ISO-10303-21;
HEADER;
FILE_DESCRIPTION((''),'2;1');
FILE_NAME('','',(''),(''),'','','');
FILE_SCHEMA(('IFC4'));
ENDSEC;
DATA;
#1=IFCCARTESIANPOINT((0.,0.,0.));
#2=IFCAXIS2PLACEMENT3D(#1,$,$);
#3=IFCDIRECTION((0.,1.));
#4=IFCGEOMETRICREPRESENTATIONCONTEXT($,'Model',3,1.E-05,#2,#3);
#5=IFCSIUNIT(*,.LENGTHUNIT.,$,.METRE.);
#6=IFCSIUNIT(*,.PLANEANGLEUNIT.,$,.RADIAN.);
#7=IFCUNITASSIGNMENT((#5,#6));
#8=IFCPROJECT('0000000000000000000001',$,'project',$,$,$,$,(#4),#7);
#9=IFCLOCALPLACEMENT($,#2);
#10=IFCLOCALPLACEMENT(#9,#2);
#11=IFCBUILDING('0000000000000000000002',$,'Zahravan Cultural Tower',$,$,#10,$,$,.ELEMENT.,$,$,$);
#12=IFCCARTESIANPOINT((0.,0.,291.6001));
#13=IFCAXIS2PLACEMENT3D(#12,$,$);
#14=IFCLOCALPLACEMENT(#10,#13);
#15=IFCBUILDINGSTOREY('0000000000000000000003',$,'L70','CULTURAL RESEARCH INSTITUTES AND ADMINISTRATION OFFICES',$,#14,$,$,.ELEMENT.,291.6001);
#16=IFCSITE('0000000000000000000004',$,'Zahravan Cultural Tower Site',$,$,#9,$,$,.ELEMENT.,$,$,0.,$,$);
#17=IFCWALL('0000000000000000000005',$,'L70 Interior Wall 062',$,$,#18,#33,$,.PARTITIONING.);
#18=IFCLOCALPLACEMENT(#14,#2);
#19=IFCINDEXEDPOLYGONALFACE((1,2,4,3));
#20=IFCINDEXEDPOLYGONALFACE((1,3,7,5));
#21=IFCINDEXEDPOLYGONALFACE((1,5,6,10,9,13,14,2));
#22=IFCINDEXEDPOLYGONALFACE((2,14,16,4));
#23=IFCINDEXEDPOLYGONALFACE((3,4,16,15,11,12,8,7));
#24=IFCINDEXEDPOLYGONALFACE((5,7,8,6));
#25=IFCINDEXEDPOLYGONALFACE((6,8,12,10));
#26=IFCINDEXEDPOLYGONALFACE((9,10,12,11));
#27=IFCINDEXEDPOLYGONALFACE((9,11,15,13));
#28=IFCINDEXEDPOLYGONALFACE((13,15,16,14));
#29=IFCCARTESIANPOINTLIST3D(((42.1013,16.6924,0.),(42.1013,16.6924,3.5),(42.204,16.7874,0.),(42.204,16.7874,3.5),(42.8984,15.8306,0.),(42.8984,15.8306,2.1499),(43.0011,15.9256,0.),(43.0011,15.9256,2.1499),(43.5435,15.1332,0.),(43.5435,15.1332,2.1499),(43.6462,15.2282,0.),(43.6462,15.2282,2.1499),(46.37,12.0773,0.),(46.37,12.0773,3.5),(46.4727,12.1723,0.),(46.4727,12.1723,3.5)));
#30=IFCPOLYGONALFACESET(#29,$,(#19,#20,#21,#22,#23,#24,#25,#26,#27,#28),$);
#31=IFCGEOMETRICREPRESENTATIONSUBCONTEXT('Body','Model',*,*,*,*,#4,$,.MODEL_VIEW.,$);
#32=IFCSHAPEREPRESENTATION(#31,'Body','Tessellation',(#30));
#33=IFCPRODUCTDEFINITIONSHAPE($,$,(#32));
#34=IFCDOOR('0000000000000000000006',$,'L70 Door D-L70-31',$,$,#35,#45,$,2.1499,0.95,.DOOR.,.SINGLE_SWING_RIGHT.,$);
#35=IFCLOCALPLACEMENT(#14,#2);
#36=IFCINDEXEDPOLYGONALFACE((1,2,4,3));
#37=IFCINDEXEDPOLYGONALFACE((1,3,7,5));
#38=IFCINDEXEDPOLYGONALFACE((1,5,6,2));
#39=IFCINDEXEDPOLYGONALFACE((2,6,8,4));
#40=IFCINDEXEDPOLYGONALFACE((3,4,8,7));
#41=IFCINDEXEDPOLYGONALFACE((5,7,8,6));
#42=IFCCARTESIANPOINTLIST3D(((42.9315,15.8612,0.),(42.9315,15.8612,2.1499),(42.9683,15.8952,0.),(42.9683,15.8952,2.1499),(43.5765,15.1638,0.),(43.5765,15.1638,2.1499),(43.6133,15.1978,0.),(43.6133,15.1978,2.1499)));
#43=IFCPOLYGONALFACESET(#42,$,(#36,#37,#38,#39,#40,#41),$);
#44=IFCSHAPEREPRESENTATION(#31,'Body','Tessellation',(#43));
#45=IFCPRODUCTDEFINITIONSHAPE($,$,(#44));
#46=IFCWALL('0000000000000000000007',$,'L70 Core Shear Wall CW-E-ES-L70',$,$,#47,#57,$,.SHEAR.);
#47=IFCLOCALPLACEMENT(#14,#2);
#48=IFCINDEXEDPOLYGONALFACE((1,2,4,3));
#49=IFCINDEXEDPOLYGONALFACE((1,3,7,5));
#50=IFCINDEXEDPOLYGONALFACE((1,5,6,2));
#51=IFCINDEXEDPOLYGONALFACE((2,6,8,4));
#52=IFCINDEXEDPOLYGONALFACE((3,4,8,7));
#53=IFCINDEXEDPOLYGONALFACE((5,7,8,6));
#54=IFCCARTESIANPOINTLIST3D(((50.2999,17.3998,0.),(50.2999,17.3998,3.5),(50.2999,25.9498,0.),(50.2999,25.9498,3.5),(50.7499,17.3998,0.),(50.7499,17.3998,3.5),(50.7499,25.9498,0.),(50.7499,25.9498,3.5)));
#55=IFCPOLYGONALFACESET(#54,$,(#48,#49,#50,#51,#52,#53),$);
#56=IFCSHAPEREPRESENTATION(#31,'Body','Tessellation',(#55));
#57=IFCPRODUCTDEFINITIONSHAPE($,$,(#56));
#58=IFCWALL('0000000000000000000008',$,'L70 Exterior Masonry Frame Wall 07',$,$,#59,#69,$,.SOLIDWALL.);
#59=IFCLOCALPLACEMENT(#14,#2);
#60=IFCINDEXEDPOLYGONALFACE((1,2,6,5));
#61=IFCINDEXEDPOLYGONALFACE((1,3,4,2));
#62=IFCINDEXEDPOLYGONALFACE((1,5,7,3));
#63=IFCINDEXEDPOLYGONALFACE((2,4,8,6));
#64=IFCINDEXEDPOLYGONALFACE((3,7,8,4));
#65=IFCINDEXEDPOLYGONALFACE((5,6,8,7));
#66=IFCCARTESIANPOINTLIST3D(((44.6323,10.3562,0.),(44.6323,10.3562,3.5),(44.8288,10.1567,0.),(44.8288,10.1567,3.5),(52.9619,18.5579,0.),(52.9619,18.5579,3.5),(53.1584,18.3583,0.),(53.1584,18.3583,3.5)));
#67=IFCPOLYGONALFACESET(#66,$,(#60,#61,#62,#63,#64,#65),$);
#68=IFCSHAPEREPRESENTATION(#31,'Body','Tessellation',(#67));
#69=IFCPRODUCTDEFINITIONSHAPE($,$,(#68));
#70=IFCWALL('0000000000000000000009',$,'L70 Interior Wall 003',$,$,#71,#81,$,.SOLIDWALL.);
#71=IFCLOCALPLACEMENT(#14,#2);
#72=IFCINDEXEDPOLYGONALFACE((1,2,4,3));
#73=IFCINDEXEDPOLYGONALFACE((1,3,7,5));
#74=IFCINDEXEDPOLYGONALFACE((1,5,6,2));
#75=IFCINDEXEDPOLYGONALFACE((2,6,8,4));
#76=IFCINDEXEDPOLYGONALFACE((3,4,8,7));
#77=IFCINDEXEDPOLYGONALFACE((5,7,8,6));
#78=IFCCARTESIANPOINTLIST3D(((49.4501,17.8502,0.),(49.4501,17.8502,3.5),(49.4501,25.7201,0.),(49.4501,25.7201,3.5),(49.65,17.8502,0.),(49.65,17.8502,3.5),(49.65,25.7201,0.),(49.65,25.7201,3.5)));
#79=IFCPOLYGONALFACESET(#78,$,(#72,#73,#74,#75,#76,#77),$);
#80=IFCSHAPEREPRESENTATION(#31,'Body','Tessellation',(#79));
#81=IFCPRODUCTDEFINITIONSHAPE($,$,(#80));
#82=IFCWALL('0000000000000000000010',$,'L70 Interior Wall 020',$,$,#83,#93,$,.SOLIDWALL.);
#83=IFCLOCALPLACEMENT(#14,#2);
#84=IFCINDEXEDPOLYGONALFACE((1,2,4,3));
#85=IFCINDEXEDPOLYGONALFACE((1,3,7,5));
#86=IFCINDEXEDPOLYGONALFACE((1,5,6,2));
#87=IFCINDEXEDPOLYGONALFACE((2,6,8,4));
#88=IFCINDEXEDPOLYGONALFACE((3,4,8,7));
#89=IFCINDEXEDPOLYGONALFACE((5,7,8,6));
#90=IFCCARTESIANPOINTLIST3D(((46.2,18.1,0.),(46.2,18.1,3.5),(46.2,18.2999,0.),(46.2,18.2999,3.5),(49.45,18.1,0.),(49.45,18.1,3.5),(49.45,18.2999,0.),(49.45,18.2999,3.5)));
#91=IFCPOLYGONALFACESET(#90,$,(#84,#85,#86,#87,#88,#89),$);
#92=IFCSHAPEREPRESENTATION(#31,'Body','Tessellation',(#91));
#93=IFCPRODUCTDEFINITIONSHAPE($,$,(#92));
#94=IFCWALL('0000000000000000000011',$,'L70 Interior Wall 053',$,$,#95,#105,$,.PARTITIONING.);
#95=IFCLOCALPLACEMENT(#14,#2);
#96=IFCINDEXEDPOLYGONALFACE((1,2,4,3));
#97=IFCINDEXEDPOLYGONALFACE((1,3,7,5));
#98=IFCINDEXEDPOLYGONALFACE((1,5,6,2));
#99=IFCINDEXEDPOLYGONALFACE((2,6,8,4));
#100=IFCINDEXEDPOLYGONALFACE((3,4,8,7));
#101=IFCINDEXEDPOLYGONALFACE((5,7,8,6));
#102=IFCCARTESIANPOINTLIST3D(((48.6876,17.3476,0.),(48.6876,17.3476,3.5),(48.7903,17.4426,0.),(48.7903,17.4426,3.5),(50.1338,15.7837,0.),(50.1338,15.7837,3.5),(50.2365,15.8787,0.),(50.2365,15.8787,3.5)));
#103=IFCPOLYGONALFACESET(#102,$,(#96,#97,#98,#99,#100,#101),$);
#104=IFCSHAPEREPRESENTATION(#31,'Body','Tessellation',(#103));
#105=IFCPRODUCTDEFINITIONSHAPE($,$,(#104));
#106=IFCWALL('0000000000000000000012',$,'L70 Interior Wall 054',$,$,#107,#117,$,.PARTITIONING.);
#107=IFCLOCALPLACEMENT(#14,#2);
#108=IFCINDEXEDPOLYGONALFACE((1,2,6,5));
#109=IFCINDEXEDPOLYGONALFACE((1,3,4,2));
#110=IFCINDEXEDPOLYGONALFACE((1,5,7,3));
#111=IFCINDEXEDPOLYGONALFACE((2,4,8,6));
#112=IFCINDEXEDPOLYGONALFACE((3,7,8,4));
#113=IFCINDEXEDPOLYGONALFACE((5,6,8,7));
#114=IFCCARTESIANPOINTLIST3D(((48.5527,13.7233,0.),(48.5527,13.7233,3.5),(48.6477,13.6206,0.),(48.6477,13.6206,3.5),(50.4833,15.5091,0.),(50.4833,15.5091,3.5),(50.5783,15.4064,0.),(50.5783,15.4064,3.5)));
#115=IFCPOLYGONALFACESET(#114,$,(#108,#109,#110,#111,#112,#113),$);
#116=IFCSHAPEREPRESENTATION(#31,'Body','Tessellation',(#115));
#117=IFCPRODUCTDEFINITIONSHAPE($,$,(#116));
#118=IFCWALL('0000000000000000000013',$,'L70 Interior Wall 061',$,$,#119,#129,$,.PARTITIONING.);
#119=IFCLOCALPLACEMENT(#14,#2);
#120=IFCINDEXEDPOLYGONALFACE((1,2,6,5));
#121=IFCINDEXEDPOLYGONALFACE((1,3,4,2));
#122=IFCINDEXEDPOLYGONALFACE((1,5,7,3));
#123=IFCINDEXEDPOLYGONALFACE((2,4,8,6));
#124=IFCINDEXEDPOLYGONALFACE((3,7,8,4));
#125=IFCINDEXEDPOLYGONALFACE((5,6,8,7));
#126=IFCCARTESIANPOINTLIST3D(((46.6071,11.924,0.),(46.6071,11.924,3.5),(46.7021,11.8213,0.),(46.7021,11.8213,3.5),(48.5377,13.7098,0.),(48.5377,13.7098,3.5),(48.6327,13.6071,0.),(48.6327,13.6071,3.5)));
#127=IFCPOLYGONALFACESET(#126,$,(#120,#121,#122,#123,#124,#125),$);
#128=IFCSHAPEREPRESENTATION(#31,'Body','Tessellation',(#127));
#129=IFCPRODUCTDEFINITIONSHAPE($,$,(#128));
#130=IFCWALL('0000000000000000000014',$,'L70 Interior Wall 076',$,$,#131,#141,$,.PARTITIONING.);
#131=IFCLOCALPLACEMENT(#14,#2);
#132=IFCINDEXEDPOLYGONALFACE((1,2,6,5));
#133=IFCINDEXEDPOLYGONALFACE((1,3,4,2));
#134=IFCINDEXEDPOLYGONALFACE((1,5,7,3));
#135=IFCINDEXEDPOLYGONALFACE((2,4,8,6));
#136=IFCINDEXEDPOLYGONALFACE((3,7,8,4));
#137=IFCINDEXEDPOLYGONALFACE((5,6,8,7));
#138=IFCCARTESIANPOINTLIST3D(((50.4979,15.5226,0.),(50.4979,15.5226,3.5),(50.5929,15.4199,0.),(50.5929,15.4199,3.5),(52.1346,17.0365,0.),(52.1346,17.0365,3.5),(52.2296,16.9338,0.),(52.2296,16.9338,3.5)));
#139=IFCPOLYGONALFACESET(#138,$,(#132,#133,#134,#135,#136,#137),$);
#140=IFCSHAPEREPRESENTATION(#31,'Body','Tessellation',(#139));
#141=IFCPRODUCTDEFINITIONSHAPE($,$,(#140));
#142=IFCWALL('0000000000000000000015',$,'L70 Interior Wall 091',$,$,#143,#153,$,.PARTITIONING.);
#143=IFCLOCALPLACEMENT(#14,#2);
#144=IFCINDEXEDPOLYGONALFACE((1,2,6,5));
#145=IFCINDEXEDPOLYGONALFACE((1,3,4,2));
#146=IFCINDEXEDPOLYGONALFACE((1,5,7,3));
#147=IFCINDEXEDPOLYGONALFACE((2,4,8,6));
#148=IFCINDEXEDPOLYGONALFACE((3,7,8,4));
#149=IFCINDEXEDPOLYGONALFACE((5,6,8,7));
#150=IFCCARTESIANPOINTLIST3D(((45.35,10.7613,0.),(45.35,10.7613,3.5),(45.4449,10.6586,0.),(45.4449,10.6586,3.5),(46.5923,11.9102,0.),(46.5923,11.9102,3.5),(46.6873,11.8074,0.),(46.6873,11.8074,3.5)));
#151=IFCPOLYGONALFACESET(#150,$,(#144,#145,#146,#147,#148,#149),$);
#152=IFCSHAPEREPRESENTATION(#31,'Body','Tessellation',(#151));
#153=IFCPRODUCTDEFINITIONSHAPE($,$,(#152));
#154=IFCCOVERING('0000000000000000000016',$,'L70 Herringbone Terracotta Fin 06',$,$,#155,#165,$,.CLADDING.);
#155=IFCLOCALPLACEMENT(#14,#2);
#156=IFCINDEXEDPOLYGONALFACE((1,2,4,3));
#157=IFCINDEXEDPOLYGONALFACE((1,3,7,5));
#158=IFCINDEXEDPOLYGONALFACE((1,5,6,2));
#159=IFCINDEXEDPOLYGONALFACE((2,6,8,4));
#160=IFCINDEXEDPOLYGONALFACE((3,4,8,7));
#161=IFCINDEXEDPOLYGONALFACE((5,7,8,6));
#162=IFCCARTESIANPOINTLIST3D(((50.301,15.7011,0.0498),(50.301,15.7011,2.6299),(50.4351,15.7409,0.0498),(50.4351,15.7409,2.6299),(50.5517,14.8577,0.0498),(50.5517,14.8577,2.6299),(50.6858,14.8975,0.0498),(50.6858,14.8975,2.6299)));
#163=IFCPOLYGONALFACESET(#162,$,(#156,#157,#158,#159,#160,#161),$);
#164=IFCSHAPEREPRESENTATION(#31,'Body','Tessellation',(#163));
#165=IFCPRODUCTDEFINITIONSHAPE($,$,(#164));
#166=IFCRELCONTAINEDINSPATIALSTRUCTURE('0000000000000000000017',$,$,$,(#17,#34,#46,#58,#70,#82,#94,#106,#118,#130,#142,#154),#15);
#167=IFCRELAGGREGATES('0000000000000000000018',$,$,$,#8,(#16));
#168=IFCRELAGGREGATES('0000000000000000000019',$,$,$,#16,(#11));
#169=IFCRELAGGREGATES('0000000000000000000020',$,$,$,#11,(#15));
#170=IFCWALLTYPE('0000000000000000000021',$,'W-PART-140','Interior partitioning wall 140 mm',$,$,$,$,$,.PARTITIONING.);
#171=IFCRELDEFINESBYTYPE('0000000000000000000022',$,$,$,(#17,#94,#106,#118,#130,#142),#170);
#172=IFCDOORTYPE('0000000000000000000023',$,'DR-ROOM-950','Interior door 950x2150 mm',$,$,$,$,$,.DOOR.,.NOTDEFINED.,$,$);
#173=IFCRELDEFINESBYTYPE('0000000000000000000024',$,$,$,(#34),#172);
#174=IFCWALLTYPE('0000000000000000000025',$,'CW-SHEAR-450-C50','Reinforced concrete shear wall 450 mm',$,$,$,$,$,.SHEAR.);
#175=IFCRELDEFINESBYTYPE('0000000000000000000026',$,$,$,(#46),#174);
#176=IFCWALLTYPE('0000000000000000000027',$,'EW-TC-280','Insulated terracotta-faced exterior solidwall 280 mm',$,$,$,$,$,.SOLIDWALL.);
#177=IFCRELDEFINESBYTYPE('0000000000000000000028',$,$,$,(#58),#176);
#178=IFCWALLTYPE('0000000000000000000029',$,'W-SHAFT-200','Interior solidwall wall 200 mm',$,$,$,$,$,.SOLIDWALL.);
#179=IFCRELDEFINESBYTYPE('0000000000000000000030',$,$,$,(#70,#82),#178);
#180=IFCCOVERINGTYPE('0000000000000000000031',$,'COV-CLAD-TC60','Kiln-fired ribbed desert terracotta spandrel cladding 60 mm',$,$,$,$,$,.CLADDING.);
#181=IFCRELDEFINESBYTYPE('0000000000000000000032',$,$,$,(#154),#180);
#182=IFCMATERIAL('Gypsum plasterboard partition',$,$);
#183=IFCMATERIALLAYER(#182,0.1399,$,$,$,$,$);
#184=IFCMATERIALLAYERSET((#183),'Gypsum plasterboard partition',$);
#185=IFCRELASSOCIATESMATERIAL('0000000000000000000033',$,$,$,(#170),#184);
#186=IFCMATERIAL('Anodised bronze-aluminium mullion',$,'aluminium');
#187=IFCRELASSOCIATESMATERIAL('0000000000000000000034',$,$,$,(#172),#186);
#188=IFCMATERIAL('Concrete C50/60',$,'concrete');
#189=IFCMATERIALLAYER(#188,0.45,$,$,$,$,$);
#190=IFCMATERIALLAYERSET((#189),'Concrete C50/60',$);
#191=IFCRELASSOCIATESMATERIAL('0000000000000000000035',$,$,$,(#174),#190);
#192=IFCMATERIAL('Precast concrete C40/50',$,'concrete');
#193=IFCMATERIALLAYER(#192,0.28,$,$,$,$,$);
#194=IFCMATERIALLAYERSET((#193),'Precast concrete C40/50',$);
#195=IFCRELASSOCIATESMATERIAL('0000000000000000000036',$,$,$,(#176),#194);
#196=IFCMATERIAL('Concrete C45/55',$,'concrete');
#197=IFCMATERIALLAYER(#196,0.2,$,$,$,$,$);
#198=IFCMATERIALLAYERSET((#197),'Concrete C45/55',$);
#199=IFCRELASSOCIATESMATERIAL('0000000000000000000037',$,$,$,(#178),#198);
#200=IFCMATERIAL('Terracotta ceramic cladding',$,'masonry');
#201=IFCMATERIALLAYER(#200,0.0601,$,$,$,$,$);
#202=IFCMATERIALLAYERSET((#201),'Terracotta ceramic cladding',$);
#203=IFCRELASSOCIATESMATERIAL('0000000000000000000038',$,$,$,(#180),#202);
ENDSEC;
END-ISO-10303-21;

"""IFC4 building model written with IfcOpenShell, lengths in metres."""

from ifc_helpers import new_model, si_unit, direction, frame, frame_2d, origin, origin_2d, place, context, subcontext, project, spatial, rectangle, extrude, source, transform, mapped, material, layer, layer_set, type_object, element, fill, save


model = new_model("IFC4")

# Units and contexts
model_context = context("Model", 3, precision=1e-05, world=origin(), true_north=direction((0.0, 1.0)))
body_context = subcontext(model_context, "Body", "Model", "MODEL_VIEW")
ifc_project = project(units=[si_unit("LENGTHUNIT", "METRE"), si_unit("PLANEANGLEUNIT", "RADIAN")], contexts=[model_context])

# Site, building, storey
site_placement = place(None, origin())
site = spatial("IfcSite", under=ifc_project, at=site_placement, Name="Zahravan Cultural Tower Site", CompositionType="ELEMENT", RefElevation=0.0)
building_placement = place(site_placement, origin())
building = spatial("IfcBuilding", under=site, at=building_placement, Name="Zahravan Cultural Tower", CompositionType="ELEMENT")
storey_placement = place(building_placement, frame((0.0, 0.0, 291.6001)))
storey = spatial("IfcBuildingStorey", under=building, at=storey_placement, Name="L70", Description="CULTURAL RESEARCH INSTITUTES AND ADMINISTRATION OFFICES", CompositionType="ELEMENT", Elevation=291.6001)

# Shared definitions
ifc_material_1 = material(Name="Concrete C50/60", Category="concrete")

# Wall, opening, door
ifc_material_2 = material(Name="Gypsum plasterboard partition")
ifc_layer_1 = layer(ifc_material_2, 0.1399)
ifc_layer_set_1 = layer_set([ifc_layer_1], Name="Gypsum plasterboard partition")
wall_type_1 = type_object("IfcWallType", Name="W-PART-140", Description="Interior partitioning wall 140 mm", PredefinedType="PARTITIONING", material=ifc_layer_set_1)
ifc_material_3 = material(Name="Anodised bronze-aluminium mullion", Category="aluminium")
door_type = type_object("IfcDoorType", Name="DR-ROOM-950", Description="Interior door 950x2150 mm", OperationType="NOTDEFINED", PredefinedType="DOOR", material=ifc_material_3)
shared_shape_1 = source(origin(), body_context, "Body", "SweptSolid", [
    extrude(rectangle(XDim=0.95, YDim=2.1499, at=frame_2d((0.4751, 1.075))), frame((0.0, 0.0249, 0.0), z_axis=(0.0, -1.0, 0.0), x_axis=(1.0, 0.0, 0.0)), (0.0, 0.0, 1.0), 0.05),
])
wall_1_placement = place(storey_placement, frame((46.4214, 12.1248, 0.0), z_axis=(0.0, 0.0, 1.0), x_axis=(-0.679017, 0.734123, 0.0)))
wall_1 = element("IfcWall", 1, at=wall_1_placement, inside=storey, type_object=wall_type_1, Name="L70 Interior Wall 062", PredefinedType="PARTITIONING", context=body_context, shape_type="SweptSolid", body=[
    extrude(rectangle(XDim=6.2866, YDim=0.1399, at=frame_2d((3.1433, 0.0))), origin(), (0.0, 0.0, 1.0), 3.5),
])
opening_1_placement = place(wall_1_placement, frame((4.1626, 0.0, 0.0)))
opening_1 = element("IfcOpeningElement", 2, at=opening_1_placement, cuts=wall_1, PredefinedType="OPENING", context=body_context, shape_type="SweptSolid", body=[
    extrude(rectangle(XDim=0.95, YDim=2.1499, at=frame_2d((0.4751, 1.075))), frame((0.0, 0.0798, 0.0), z_axis=(0.0, -1.0, 0.0), x_axis=(1.0, 0.0, 0.0)), (0.0, 0.0, 1.0), 0.1599),
])
door_1_placement = place(opening_1_placement, origin())
door_1 = element("IfcDoor", 3, at=door_1_placement, inside=storey, type_object=door_type, Name="L70 Door D-L70-31", OperationType="SINGLE_SWING_RIGHT", OverallHeight=2.1499, OverallWidth=0.95, PredefinedType="DOOR", context=body_context, shape_type="MappedRepresentation", body=[
    mapped(shared_shape_1, transform((0.0, 0.0, 0.0), x_axis=(1.0, 0.0, 0.0), y_axis=(0.0, 1.0, 0.0), z_axis=(0.0, 0.0, 1.0), scale=1.0)),
])
fill(opening_1, door_1)

# Walls
ifc_layer_2 = layer(ifc_material_1, 0.45)
ifc_layer_set_2 = layer_set([ifc_layer_2], Name="Concrete C50/60")
wall_type_2 = type_object("IfcWallType", Name="CW-SHEAR-450-C50", Description="Reinforced concrete shear wall 450 mm", PredefinedType="SHEAR", material=ifc_layer_set_2)
shared_shape_2 = source(origin(), body_context, "Body", "SweptSolid", [
    extrude(rectangle(XDim=8.55, YDim=0.45, at=frame_2d((4.2749, 0.0))), origin(), (0.0, 0.0, 1.0), 3.5),
])
wall_2_placement = place(storey_placement, frame((50.5249, 17.3999, 0.0), z_axis=(0.0, 0.0, 1.0), x_axis=(0.0, 1.0, 0.0)))
element("IfcWall", 4, at=wall_2_placement, inside=storey, type_object=wall_type_2, Name="L70 Core Shear Wall CW-E-ES-L70", PredefinedType="SHEAR", context=body_context, shape_type="MappedRepresentation", body=[
    mapped(shared_shape_2, transform((0.0, 0.0, 0.0), x_axis=(1.0, 0.0, 0.0), y_axis=(0.0, 1.0, 0.0), z_axis=(0.0, 0.0, 1.0), scale=1.0)),
])
ifc_material_4 = material(Name="Precast concrete C40/50", Category="concrete")
ifc_layer_3 = layer(ifc_material_4, 0.28)
ifc_layer_set_3 = layer_set([ifc_layer_3], Name="Precast concrete C40/50")
wall_type_3 = type_object("IfcWallType", Name="EW-TC-280", Description="Insulated terracotta-faced exterior solidwall 280 mm", PredefinedType="SOLIDWALL", material=ifc_layer_set_3)
shared_shape_3 = source(origin(), body_context, "Body", "SweptSolid", [
    extrude(rectangle(XDim=11.6897, YDim=0.28, at=frame_2d((5.8447, 0.0))), origin(), (0.0, 0.0, 1.0), 3.5),
])
wall_3_placement = place(storey_placement, frame((53.0601, 18.458, 0.0), z_axis=(0.0, 0.0, 1.0), x_axis=(-0.712558, -0.701614, 0.0)))
element("IfcWall", 5, at=wall_3_placement, inside=storey, type_object=wall_type_3, Name="L70 Exterior Masonry Frame Wall 07", PredefinedType="SOLIDWALL", context=body_context, shape_type="MappedRepresentation", body=[
    mapped(shared_shape_3, transform((0.0, 0.0, 0.0), x_axis=(1.0, 0.0, 0.0), y_axis=(0.0, 1.0, 0.0), z_axis=(0.0, 0.0, 1.0), scale=1.0)),
])
ifc_material_5 = material(Name="Concrete C45/55", Category="concrete")
ifc_layer_4 = layer(ifc_material_5, 0.2)
ifc_layer_set_4 = layer_set([ifc_layer_4], Name="Concrete C45/55")
wall_type_4 = type_object("IfcWallType", Name="W-SHAFT-200", Description="Interior solidwall wall 200 mm", PredefinedType="SOLIDWALL", material=ifc_layer_set_4)
shared_shape_4 = source(origin(), body_context, "Body", "SweptSolid", [
    extrude(rectangle(XDim=7.8699, YDim=0.2, at=frame_2d((3.9351, 0.0))), origin(), (0.0, 0.0, 1.0), 3.5),
])
wall_4_placement = place(storey_placement, frame((49.55, 17.8501, 0.0), z_axis=(0.0, 0.0, 1.0), x_axis=(0.0, 1.0, 0.0)))
element("IfcWall", 6, at=wall_4_placement, inside=storey, type_object=wall_type_4, Name="L70 Interior Wall 003", PredefinedType="SOLIDWALL", context=body_context, shape_type="MappedRepresentation", body=[
    mapped(shared_shape_4, transform((0.0, 0.0, 0.0), x_axis=(1.0, 0.0, 0.0), y_axis=(0.0, 1.0, 0.0), z_axis=(0.0, 0.0, 1.0), scale=1.0)),
])
shared_shape_5 = source(origin(), body_context, "Body", "SweptSolid", [
    extrude(rectangle(XDim=3.25, YDim=0.2, at=frame_2d((1.625, 0.0))), origin(), (0.0, 0.0, 1.0), 3.5),
])
wall_5_placement = place(storey_placement, frame((46.2, 18.2, 0.0), z_axis=(0.0, 0.0, 1.0), x_axis=(1.0, 0.0, 0.0)))
element("IfcWall", 7, at=wall_5_placement, inside=storey, type_object=wall_type_4, Name="L70 Interior Wall 020", PredefinedType="SOLIDWALL", context=body_context, shape_type="MappedRepresentation", body=[
    mapped(shared_shape_5, transform((0.0, 0.0, 0.0), x_axis=(1.0, 0.0, 0.0), y_axis=(0.0, 1.0, 0.0), z_axis=(0.0, 0.0, 1.0), scale=1.0)),
])
shared_shape_6 = source(origin(), body_context, "Body", "SweptSolid", [
    extrude(rectangle(XDim=2.1301, YDim=0.1399, at=frame_2d((1.0649, 0.0))), origin(), (0.0, 0.0, 1.0), 3.5),
])
wall_6_placement = place(storey_placement, frame((48.739, 17.395, 0.0), z_axis=(0.0, 0.0, 1.0), x_axis=(0.678946, -0.734188, 0.0)))
element("IfcWall", 8, at=wall_6_placement, inside=storey, type_object=wall_type_1, Name="L70 Interior Wall 053", PredefinedType="PARTITIONING", context=body_context, shape_type="MappedRepresentation", body=[
    mapped(shared_shape_6, transform((0.0, 0.0, 0.0), x_axis=(1.0, 0.0, 0.0), y_axis=(0.0, 1.0, 0.0), z_axis=(0.0, 0.0, 1.0), scale=1.0)),
])
shared_shape_7 = source(origin(), body_context, "Body", "SweptSolid", [
    extrude(rectangle(XDim=2.6299, YDim=0.1399, at=frame_2d((1.3149, 0.0))), origin(), (0.0, 0.0, 1.0), 3.5),
])
for number, where, z_axis, x_axis, name in (
    (9, (50.5308, 15.4578, 0.0), (0.0, 0.0, 1.0), (-0.734095, -0.679047, 0.0), "L70 Interior Wall 054"),
    (10, (48.5852, 13.6584, 0.0), (0.0, 0.0, 1.0), (-0.734095, -0.679047, 0.0), "L70 Interior Wall 061"),
):
    element("IfcWall", number, at=place(storey_placement, frame(where, z_axis=z_axis, x_axis=x_axis)), inside=storey, type_object=wall_type_1, Name=name, PredefinedType="PARTITIONING", context=body_context, shape_type="MappedRepresentation", body=[
        mapped(shared_shape_7, transform((0.0, 0.0, 0.0), x_axis=(1.0, 0.0, 0.0), y_axis=(0.0, 1.0, 0.0), z_axis=(0.0, 0.0, 1.0), scale=1.0)),
    ])
shared_shape_8 = source(origin(), body_context, "Body", "SweptSolid", [
    extrude(rectangle(XDim=2.2295, YDim=0.1399, at=frame_2d((1.1147, 0.0))), origin(), (0.0, 0.0, 1.0), 3.5),
])
wall_7_placement = place(storey_placement, frame((52.1821, 16.9851, 0.0), z_axis=(0.0, 0.0, 1.0), x_axis=(-0.73411, -0.67903, 0.0)))
element("IfcWall", 11, at=wall_7_placement, inside=storey, type_object=wall_type_1, Name="L70 Interior Wall 076", PredefinedType="PARTITIONING", context=body_context, shape_type="MappedRepresentation", body=[
    mapped(shared_shape_8, transform((0.0, 0.0, 0.0), x_axis=(1.0, 0.0, 0.0), y_axis=(0.0, 1.0, 0.0), z_axis=(0.0, 0.0, 1.0), scale=1.0)),
])
shared_shape_9 = source(origin(), body_context, "Body", "SweptSolid", [
    extrude(rectangle(XDim=1.6921, YDim=0.1399, at=frame_2d((0.8462, 0.0))), origin(), (0.0, 0.0, 1.0), 3.5),
])
wall_8_placement = place(storey_placement, frame((46.6399, 11.8589, 0.0), z_axis=(0.0, 0.0, 1.0), x_axis=(-0.734195, -0.678939, 0.0)))
element("IfcWall", 12, at=wall_8_placement, inside=storey, type_object=wall_type_1, Name="L70 Interior Wall 091", PredefinedType="PARTITIONING", context=body_context, shape_type="MappedRepresentation", body=[
    mapped(shared_shape_9, transform((0.0, 0.0, 0.0), x_axis=(1.0, 0.0, 0.0), y_axis=(0.0, 1.0, 0.0), z_axis=(0.0, 0.0, 1.0), scale=1.0)),
])

# Covering
ifc_material_6 = material(Name="Terracotta ceramic cladding", Category="masonry")
ifc_layer_5 = layer(ifc_material_6, 0.0601)
ifc_layer_set_5 = layer_set([ifc_layer_5], Name="Terracotta ceramic cladding")
covering_type = type_object("IfcCoveringType", Name="COV-CLAD-TC60", Description="Kiln-fired ribbed desert terracotta spandrel cladding 60 mm", PredefinedType="CLADDING", material=ifc_layer_set_5)
shared_shape_10 = source(origin(), body_context, "Body", "SweptSolid", [
    extrude(rectangle(XDim=0.8799, YDim=0.1399, at=origin_2d()), origin(), (0.0, 0.0, 1.0), 2.5801),
])
for number, where, z_axis, x_axis, name in (
    (13, (50.4934, 15.2993, 0.0498), (0.0, 0.0, 1.0), (0.284969, -0.958537, 0.0), "L70 Herringbone Terracotta Fin 06"),
):
    element("IfcCovering", number, at=place(storey_placement, frame(where, z_axis=z_axis, x_axis=x_axis)), inside=storey, type_object=covering_type, Name=name, PredefinedType="CLADDING", context=body_context, shape_type="MappedRepresentation", body=[
        mapped(shared_shape_10, transform((0.0, 0.0, 0.0), x_axis=(1.0, 0.0, 0.0), y_axis=(0.0, 1.0, 0.0), z_axis=(0.0, 0.0, 1.0), scale=1.0)),
    ])

save(model, "model.ifc")
